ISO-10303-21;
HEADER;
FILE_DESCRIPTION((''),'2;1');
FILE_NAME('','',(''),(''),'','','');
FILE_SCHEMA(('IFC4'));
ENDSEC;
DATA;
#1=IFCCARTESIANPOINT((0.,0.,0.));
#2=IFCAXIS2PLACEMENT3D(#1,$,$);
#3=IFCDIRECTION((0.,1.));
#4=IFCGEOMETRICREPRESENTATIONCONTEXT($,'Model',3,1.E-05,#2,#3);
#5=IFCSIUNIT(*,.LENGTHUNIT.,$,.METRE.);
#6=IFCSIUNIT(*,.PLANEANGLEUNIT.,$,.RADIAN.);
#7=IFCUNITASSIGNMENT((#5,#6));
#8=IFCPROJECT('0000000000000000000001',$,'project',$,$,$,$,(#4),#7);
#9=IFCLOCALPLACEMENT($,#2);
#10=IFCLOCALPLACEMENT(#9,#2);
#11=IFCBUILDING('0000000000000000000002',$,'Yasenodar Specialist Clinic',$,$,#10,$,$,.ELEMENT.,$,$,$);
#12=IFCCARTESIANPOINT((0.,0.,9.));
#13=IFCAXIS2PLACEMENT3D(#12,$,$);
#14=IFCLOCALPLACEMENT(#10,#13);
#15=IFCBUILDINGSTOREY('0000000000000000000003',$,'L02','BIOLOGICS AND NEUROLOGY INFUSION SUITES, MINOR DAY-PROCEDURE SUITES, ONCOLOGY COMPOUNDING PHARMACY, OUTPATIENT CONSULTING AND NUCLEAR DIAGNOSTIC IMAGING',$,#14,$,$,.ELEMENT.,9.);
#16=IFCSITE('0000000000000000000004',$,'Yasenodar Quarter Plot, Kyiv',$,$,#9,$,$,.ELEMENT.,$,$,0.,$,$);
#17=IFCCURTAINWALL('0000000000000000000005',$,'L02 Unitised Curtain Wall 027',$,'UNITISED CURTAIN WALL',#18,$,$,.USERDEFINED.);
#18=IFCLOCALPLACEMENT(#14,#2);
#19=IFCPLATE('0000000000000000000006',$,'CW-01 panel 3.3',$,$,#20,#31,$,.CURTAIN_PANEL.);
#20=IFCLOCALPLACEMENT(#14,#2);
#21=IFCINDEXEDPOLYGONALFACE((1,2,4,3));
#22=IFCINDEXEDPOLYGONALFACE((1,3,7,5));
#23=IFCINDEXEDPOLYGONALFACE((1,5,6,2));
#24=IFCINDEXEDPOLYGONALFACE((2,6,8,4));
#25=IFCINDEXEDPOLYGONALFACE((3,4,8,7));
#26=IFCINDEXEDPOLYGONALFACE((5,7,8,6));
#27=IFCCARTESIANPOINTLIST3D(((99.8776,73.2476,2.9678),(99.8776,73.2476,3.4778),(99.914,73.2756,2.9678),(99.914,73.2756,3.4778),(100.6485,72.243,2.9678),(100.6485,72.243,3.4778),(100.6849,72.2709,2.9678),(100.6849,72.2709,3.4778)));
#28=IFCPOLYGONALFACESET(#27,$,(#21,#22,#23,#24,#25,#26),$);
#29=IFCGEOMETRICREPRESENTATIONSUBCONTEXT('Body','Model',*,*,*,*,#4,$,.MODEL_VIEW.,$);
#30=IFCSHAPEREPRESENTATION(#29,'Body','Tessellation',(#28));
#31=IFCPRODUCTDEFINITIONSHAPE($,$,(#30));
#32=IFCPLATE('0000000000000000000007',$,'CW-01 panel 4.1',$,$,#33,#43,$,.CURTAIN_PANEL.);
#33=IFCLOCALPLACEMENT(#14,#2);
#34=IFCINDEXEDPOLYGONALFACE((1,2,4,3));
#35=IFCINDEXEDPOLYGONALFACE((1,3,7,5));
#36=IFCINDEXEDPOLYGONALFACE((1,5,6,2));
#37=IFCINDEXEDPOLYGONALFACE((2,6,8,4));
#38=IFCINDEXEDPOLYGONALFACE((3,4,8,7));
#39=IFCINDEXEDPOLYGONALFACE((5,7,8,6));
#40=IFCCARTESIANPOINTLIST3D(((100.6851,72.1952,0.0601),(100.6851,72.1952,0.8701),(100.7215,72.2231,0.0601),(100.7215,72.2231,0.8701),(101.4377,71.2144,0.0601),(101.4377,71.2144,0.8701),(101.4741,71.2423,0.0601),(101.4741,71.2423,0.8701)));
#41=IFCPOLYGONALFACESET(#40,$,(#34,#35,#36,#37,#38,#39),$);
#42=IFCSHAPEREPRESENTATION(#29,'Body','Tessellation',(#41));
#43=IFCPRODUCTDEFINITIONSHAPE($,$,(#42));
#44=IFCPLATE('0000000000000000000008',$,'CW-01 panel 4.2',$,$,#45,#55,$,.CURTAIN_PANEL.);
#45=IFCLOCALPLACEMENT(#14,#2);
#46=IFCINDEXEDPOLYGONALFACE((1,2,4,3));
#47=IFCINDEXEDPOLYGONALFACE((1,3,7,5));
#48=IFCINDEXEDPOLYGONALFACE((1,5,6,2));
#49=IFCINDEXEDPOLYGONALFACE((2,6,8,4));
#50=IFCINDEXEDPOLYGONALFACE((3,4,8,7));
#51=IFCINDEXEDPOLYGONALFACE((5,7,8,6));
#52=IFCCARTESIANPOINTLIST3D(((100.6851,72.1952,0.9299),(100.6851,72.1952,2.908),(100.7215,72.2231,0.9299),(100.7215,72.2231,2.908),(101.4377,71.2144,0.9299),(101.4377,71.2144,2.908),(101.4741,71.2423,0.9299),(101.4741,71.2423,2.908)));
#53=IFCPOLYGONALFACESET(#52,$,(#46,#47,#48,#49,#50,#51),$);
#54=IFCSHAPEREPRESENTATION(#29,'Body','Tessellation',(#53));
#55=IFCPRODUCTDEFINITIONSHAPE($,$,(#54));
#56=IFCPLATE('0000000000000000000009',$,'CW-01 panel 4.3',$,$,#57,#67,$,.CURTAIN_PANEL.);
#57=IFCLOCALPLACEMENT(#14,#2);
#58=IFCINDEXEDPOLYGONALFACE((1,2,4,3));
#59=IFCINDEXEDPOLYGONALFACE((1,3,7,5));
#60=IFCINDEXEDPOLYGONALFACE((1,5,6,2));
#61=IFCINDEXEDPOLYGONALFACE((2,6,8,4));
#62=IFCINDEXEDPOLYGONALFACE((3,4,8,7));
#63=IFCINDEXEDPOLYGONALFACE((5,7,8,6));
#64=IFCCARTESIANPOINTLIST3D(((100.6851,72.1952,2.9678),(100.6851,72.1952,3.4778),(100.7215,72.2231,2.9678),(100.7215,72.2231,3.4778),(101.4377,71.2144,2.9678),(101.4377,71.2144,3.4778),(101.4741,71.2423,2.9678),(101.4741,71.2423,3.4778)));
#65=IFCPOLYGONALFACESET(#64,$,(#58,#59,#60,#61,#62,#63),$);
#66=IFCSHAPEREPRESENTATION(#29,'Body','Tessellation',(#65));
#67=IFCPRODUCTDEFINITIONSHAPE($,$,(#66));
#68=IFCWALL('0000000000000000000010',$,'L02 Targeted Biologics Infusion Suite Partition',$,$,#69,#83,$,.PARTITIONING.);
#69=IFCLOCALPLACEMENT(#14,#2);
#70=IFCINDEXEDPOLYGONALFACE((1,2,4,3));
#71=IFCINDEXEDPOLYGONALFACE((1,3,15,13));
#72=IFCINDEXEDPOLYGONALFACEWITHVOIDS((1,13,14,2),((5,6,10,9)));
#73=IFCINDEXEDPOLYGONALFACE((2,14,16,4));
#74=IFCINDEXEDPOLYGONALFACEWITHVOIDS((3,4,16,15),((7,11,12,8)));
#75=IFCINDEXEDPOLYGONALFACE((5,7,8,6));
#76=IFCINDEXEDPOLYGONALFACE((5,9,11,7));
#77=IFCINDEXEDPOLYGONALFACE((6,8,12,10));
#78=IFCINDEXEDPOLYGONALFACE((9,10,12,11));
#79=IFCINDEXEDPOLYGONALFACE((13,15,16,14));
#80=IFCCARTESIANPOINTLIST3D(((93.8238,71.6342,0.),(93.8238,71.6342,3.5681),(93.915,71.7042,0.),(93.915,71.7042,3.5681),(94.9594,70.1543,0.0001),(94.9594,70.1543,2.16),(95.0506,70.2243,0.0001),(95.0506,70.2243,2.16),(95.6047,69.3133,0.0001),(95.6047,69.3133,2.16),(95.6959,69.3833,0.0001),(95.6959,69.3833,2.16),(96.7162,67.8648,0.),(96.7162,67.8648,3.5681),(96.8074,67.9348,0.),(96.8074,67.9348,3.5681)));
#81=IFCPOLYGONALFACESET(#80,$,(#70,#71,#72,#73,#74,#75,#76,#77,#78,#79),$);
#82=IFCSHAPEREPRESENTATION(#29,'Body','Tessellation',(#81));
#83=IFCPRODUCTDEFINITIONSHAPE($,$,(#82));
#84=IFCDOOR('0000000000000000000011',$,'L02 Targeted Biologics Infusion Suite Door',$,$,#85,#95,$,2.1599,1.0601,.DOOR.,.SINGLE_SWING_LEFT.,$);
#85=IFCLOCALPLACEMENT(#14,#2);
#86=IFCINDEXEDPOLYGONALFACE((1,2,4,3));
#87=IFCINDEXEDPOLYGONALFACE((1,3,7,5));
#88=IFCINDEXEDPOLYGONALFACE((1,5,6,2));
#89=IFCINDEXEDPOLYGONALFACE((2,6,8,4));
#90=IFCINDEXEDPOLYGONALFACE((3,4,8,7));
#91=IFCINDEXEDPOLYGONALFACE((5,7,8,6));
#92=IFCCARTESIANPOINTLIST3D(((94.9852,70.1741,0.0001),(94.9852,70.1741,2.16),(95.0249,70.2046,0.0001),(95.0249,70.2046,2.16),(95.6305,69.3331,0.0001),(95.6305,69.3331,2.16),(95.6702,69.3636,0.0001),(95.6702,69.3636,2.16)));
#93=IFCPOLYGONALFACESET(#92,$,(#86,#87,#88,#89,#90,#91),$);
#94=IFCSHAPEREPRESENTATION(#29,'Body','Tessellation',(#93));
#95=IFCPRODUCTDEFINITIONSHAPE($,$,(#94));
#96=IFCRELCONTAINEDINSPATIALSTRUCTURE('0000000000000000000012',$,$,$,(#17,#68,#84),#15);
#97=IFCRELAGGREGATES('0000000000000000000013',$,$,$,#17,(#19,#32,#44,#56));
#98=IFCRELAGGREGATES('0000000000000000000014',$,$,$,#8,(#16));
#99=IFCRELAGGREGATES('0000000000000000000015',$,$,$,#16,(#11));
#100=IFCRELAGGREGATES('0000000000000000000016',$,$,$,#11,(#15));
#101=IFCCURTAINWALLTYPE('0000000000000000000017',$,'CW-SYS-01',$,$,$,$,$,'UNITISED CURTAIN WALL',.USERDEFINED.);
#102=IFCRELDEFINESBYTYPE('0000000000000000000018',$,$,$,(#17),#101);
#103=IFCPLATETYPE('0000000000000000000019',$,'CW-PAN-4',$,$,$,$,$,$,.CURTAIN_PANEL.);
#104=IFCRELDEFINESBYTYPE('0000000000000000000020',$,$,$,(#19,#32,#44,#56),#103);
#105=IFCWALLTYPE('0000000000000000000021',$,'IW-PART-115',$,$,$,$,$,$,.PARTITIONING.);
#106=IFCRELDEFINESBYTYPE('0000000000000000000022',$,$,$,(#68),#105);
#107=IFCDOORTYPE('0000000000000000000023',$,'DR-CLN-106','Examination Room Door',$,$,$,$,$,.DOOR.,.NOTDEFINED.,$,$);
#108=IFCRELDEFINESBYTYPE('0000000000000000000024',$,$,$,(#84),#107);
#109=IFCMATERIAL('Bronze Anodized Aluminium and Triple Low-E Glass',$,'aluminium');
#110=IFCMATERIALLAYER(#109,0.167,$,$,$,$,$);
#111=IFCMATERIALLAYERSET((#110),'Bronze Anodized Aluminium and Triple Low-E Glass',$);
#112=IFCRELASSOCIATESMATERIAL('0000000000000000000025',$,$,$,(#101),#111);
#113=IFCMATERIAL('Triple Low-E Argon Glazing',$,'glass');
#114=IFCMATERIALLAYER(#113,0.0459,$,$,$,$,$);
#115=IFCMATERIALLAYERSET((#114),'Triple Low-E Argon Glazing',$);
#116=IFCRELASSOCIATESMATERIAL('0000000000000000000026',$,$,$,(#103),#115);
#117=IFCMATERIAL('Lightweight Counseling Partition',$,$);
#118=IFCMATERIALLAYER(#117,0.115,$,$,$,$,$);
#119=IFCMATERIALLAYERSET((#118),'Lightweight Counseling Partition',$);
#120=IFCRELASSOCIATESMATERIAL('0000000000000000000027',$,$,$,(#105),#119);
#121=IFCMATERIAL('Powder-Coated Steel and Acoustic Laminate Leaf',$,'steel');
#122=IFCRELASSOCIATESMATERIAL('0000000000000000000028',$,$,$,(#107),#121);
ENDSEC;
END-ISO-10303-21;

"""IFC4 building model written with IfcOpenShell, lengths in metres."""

from ifc_helpers import new_model, si_unit, direction, frame, frame_2d, origin, origin_2d, place, context, subcontext, project, spatial, rectangle, extrude, material, layer, layer_set, type_object, element, fill, aggregate, save


model = new_model("IFC4")

# Units and contexts
model_context = context("Model", 3, precision=1e-05, world=origin(), true_north=direction((0.0, 1.0)))
body_context = subcontext(model_context, "Body", "Model", "MODEL_VIEW")
ifc_project = project(units=[si_unit("LENGTHUNIT", "METRE"), si_unit("PLANEANGLEUNIT", "RADIAN")], contexts=[model_context])

# Site, building, storey
site_placement = place(None, origin())
site = spatial("IfcSite", under=ifc_project, at=site_placement, Name="Yasenodar Quarter Plot, Kyiv", CompositionType="ELEMENT", RefElevation=0.0)
building_placement = place(site_placement, origin())
building = spatial("IfcBuilding", under=site, at=building_placement, Name="Yasenodar Specialist Clinic", CompositionType="ELEMENT")
storey_placement = place(building_placement, frame((0.0, 0.0, 9.0)))
storey = spatial("IfcBuildingStorey", under=building, at=storey_placement, Name="L02", Description="BIOLOGICS AND NEUROLOGY INFUSION SUITES, MINOR DAY-PROCEDURE SUITES, ONCOLOGY COMPOUNDING PHARMACY, OUTPATIENT CONSULTING AND NUCLEAR DIAGNOSTIC IMAGING", CompositionType="ELEMENT", Elevation=9.0)

# Curtain wall, plates
ifc_material_1 = material(Name="Bronze Anodized Aluminium and Triple Low-E Glass", Category="aluminium")
ifc_layer_1 = layer(ifc_material_1, 0.167)
ifc_layer_set_1 = layer_set([ifc_layer_1], Name="Bronze Anodized Aluminium and Triple Low-E Glass")
curtain_wall_type = type_object("IfcCurtainWallType", Name="CW-SYS-01", ElementType="UNITISED CURTAIN WALL", PredefinedType="USERDEFINED", material=ifc_layer_set_1)
curtain_wall_placement = place(storey_placement, origin())
curtain_wall = element("IfcCurtainWall", 1, at=curtain_wall_placement, inside=storey, type_object=curtain_wall_type, Name="L02 Unitised Curtain Wall 027", ObjectType="UNITISED CURTAIN WALL", PredefinedType="USERDEFINED")
ifc_material_2 = material(Name="Triple Low-E Argon Glazing", Category="glass")
ifc_layer_2 = layer(ifc_material_2, 0.0459)
ifc_layer_set_2 = layer_set([ifc_layer_2], Name="Triple Low-E Argon Glazing")
plate_type = type_object("IfcPlateType", Name="CW-PAN-4", PredefinedType="CURTAIN_PANEL", material=ifc_layer_set_2)
plate_1_placement = place(storey_placement, frame((100.2812, 72.7593, 2.9678), z_axis=(0.0, 0.0, 1.0), x_axis=(0.608752, -0.793361, 0.0)))
plate_1 = element("IfcPlate", 2, at=plate_1_placement, type_object=plate_type, Name="CW-01 panel 3.3", PredefinedType="CURTAIN_PANEL", context=body_context, shape_type="SweptSolid", body=[
    extrude(rectangle(XDim=1.2664, YDim=0.0459, at=origin_2d()), origin(), (0.0, 0.0, 1.0), 0.51),
])
plate_2_placement = place(storey_placement, frame((101.0796, 71.7188, 0.0601), z_axis=(0.0, 0.0, 1.0), x_axis=(0.608752, -0.793361, 0.0)))
plate_2 = element("IfcPlate", 3, at=plate_2_placement, type_object=plate_type, Name="CW-01 panel 4.1", PredefinedType="CURTAIN_PANEL", context=body_context, shape_type="SweptSolid", body=[
    extrude(rectangle(XDim=1.2363, YDim=0.0459, at=origin_2d()), origin(), (0.0, 0.0, 1.0), 0.8101),
])
plate_3_placement = place(storey_placement, frame((101.0796, 71.7188, 0.9299), z_axis=(0.0, 0.0, 1.0), x_axis=(0.608752, -0.793361, 0.0)))
plate_3 = element("IfcPlate", 4, at=plate_3_placement, type_object=plate_type, Name="CW-01 panel 4.2", PredefinedType="CURTAIN_PANEL", context=body_context, shape_type="SweptSolid", body=[
    extrude(rectangle(XDim=1.2363, YDim=0.0459, at=origin_2d()), origin(), (0.0, 0.0, 1.0), 1.978),
])
plate_4_placement = place(storey_placement, frame((101.0796, 71.7188, 2.9678), z_axis=(0.0, 0.0, 1.0), x_axis=(0.608752, -0.793361, 0.0)))
plate_4 = element("IfcPlate", 5, at=plate_4_placement, type_object=plate_type, Name="CW-01 panel 4.3", PredefinedType="CURTAIN_PANEL", context=body_context, shape_type="SweptSolid", body=[
    extrude(rectangle(XDim=1.2363, YDim=0.0459, at=origin_2d()), origin(), (0.0, 0.0, 1.0), 0.51),
])
aggregate(curtain_wall, [plate_1, plate_2, plate_3, plate_4])

# Wall, opening, door
ifc_material_3 = material(Name="Lightweight Counseling Partition")
ifc_layer_3 = layer(ifc_material_3, 0.115)
ifc_layer_set_3 = layer_set([ifc_layer_3], Name="Lightweight Counseling Partition")
wall_type = type_object("IfcWallType", Name="IW-PART-115", PredefinedType="PARTITIONING", material=ifc_layer_set_3)
wall_placement = place(storey_placement, frame((96.7617, 67.8999, 0.0), z_axis=(0.0, 0.0, 1.0), x_axis=(-0.608769, 0.793347, 0.0)))
wall = element("IfcWall", 6, at=wall_placement, inside=storey, type_object=wall_type, Name="L02 Targeted Biologics Infusion Suite Partition", PredefinedType="PARTITIONING", context=body_context, shape_type="SweptSolid", body=[
    extrude(rectangle(XDim=4.7512, YDim=0.115, at=frame_2d((2.3755, 0.0))), origin(), (0.0, 0.0, 1.0), 3.5681),
])
opening_placement = place(wall_placement, frame((1.8257, 0.0, 0.0)))
opening = element("IfcOpeningElement", 7, at=opening_placement, cuts=wall, PredefinedType="OPENING", context=body_context, shape_type="SweptSolid", body=[
    extrude(rectangle(XDim=1.0601, YDim=2.1599, at=frame_2d((0.53, 1.0801))), frame((0.0, 0.0674, 0.0), z_axis=(0.0, -1.0, 0.0), x_axis=(1.0, 0.0, 0.0)), (0.0, 0.0, 1.0), 0.135),
])
ifc_material_4 = material(Name="Powder-Coated Steel and Acoustic Laminate Leaf", Category="steel")
door_type = type_object("IfcDoorType", Name="DR-CLN-106", Description="Examination Room Door", OperationType="NOTDEFINED", PredefinedType="DOOR", material=ifc_material_4)
door_placement = place(opening_placement, origin())
door = element("IfcDoor", 8, at=door_placement, inside=storey, type_object=door_type, Name="L02 Targeted Biologics Infusion Suite Door", OperationType="SINGLE_SWING_LEFT", OverallHeight=2.1599, OverallWidth=1.0601, PredefinedType="DOOR", context=body_context, shape_type="SweptSolid", body=[
    extrude(rectangle(XDim=1.0601, YDim=2.1599, at=frame_2d((0.53, 1.0801))), frame((0.0, 0.0249, 0.0), z_axis=(0.0, -1.0, 0.0), x_axis=(1.0, 0.0, 0.0)), (0.0, 0.0, 1.0), 0.05),
])
fill(opening, door)

save(model, "model.ifc")
